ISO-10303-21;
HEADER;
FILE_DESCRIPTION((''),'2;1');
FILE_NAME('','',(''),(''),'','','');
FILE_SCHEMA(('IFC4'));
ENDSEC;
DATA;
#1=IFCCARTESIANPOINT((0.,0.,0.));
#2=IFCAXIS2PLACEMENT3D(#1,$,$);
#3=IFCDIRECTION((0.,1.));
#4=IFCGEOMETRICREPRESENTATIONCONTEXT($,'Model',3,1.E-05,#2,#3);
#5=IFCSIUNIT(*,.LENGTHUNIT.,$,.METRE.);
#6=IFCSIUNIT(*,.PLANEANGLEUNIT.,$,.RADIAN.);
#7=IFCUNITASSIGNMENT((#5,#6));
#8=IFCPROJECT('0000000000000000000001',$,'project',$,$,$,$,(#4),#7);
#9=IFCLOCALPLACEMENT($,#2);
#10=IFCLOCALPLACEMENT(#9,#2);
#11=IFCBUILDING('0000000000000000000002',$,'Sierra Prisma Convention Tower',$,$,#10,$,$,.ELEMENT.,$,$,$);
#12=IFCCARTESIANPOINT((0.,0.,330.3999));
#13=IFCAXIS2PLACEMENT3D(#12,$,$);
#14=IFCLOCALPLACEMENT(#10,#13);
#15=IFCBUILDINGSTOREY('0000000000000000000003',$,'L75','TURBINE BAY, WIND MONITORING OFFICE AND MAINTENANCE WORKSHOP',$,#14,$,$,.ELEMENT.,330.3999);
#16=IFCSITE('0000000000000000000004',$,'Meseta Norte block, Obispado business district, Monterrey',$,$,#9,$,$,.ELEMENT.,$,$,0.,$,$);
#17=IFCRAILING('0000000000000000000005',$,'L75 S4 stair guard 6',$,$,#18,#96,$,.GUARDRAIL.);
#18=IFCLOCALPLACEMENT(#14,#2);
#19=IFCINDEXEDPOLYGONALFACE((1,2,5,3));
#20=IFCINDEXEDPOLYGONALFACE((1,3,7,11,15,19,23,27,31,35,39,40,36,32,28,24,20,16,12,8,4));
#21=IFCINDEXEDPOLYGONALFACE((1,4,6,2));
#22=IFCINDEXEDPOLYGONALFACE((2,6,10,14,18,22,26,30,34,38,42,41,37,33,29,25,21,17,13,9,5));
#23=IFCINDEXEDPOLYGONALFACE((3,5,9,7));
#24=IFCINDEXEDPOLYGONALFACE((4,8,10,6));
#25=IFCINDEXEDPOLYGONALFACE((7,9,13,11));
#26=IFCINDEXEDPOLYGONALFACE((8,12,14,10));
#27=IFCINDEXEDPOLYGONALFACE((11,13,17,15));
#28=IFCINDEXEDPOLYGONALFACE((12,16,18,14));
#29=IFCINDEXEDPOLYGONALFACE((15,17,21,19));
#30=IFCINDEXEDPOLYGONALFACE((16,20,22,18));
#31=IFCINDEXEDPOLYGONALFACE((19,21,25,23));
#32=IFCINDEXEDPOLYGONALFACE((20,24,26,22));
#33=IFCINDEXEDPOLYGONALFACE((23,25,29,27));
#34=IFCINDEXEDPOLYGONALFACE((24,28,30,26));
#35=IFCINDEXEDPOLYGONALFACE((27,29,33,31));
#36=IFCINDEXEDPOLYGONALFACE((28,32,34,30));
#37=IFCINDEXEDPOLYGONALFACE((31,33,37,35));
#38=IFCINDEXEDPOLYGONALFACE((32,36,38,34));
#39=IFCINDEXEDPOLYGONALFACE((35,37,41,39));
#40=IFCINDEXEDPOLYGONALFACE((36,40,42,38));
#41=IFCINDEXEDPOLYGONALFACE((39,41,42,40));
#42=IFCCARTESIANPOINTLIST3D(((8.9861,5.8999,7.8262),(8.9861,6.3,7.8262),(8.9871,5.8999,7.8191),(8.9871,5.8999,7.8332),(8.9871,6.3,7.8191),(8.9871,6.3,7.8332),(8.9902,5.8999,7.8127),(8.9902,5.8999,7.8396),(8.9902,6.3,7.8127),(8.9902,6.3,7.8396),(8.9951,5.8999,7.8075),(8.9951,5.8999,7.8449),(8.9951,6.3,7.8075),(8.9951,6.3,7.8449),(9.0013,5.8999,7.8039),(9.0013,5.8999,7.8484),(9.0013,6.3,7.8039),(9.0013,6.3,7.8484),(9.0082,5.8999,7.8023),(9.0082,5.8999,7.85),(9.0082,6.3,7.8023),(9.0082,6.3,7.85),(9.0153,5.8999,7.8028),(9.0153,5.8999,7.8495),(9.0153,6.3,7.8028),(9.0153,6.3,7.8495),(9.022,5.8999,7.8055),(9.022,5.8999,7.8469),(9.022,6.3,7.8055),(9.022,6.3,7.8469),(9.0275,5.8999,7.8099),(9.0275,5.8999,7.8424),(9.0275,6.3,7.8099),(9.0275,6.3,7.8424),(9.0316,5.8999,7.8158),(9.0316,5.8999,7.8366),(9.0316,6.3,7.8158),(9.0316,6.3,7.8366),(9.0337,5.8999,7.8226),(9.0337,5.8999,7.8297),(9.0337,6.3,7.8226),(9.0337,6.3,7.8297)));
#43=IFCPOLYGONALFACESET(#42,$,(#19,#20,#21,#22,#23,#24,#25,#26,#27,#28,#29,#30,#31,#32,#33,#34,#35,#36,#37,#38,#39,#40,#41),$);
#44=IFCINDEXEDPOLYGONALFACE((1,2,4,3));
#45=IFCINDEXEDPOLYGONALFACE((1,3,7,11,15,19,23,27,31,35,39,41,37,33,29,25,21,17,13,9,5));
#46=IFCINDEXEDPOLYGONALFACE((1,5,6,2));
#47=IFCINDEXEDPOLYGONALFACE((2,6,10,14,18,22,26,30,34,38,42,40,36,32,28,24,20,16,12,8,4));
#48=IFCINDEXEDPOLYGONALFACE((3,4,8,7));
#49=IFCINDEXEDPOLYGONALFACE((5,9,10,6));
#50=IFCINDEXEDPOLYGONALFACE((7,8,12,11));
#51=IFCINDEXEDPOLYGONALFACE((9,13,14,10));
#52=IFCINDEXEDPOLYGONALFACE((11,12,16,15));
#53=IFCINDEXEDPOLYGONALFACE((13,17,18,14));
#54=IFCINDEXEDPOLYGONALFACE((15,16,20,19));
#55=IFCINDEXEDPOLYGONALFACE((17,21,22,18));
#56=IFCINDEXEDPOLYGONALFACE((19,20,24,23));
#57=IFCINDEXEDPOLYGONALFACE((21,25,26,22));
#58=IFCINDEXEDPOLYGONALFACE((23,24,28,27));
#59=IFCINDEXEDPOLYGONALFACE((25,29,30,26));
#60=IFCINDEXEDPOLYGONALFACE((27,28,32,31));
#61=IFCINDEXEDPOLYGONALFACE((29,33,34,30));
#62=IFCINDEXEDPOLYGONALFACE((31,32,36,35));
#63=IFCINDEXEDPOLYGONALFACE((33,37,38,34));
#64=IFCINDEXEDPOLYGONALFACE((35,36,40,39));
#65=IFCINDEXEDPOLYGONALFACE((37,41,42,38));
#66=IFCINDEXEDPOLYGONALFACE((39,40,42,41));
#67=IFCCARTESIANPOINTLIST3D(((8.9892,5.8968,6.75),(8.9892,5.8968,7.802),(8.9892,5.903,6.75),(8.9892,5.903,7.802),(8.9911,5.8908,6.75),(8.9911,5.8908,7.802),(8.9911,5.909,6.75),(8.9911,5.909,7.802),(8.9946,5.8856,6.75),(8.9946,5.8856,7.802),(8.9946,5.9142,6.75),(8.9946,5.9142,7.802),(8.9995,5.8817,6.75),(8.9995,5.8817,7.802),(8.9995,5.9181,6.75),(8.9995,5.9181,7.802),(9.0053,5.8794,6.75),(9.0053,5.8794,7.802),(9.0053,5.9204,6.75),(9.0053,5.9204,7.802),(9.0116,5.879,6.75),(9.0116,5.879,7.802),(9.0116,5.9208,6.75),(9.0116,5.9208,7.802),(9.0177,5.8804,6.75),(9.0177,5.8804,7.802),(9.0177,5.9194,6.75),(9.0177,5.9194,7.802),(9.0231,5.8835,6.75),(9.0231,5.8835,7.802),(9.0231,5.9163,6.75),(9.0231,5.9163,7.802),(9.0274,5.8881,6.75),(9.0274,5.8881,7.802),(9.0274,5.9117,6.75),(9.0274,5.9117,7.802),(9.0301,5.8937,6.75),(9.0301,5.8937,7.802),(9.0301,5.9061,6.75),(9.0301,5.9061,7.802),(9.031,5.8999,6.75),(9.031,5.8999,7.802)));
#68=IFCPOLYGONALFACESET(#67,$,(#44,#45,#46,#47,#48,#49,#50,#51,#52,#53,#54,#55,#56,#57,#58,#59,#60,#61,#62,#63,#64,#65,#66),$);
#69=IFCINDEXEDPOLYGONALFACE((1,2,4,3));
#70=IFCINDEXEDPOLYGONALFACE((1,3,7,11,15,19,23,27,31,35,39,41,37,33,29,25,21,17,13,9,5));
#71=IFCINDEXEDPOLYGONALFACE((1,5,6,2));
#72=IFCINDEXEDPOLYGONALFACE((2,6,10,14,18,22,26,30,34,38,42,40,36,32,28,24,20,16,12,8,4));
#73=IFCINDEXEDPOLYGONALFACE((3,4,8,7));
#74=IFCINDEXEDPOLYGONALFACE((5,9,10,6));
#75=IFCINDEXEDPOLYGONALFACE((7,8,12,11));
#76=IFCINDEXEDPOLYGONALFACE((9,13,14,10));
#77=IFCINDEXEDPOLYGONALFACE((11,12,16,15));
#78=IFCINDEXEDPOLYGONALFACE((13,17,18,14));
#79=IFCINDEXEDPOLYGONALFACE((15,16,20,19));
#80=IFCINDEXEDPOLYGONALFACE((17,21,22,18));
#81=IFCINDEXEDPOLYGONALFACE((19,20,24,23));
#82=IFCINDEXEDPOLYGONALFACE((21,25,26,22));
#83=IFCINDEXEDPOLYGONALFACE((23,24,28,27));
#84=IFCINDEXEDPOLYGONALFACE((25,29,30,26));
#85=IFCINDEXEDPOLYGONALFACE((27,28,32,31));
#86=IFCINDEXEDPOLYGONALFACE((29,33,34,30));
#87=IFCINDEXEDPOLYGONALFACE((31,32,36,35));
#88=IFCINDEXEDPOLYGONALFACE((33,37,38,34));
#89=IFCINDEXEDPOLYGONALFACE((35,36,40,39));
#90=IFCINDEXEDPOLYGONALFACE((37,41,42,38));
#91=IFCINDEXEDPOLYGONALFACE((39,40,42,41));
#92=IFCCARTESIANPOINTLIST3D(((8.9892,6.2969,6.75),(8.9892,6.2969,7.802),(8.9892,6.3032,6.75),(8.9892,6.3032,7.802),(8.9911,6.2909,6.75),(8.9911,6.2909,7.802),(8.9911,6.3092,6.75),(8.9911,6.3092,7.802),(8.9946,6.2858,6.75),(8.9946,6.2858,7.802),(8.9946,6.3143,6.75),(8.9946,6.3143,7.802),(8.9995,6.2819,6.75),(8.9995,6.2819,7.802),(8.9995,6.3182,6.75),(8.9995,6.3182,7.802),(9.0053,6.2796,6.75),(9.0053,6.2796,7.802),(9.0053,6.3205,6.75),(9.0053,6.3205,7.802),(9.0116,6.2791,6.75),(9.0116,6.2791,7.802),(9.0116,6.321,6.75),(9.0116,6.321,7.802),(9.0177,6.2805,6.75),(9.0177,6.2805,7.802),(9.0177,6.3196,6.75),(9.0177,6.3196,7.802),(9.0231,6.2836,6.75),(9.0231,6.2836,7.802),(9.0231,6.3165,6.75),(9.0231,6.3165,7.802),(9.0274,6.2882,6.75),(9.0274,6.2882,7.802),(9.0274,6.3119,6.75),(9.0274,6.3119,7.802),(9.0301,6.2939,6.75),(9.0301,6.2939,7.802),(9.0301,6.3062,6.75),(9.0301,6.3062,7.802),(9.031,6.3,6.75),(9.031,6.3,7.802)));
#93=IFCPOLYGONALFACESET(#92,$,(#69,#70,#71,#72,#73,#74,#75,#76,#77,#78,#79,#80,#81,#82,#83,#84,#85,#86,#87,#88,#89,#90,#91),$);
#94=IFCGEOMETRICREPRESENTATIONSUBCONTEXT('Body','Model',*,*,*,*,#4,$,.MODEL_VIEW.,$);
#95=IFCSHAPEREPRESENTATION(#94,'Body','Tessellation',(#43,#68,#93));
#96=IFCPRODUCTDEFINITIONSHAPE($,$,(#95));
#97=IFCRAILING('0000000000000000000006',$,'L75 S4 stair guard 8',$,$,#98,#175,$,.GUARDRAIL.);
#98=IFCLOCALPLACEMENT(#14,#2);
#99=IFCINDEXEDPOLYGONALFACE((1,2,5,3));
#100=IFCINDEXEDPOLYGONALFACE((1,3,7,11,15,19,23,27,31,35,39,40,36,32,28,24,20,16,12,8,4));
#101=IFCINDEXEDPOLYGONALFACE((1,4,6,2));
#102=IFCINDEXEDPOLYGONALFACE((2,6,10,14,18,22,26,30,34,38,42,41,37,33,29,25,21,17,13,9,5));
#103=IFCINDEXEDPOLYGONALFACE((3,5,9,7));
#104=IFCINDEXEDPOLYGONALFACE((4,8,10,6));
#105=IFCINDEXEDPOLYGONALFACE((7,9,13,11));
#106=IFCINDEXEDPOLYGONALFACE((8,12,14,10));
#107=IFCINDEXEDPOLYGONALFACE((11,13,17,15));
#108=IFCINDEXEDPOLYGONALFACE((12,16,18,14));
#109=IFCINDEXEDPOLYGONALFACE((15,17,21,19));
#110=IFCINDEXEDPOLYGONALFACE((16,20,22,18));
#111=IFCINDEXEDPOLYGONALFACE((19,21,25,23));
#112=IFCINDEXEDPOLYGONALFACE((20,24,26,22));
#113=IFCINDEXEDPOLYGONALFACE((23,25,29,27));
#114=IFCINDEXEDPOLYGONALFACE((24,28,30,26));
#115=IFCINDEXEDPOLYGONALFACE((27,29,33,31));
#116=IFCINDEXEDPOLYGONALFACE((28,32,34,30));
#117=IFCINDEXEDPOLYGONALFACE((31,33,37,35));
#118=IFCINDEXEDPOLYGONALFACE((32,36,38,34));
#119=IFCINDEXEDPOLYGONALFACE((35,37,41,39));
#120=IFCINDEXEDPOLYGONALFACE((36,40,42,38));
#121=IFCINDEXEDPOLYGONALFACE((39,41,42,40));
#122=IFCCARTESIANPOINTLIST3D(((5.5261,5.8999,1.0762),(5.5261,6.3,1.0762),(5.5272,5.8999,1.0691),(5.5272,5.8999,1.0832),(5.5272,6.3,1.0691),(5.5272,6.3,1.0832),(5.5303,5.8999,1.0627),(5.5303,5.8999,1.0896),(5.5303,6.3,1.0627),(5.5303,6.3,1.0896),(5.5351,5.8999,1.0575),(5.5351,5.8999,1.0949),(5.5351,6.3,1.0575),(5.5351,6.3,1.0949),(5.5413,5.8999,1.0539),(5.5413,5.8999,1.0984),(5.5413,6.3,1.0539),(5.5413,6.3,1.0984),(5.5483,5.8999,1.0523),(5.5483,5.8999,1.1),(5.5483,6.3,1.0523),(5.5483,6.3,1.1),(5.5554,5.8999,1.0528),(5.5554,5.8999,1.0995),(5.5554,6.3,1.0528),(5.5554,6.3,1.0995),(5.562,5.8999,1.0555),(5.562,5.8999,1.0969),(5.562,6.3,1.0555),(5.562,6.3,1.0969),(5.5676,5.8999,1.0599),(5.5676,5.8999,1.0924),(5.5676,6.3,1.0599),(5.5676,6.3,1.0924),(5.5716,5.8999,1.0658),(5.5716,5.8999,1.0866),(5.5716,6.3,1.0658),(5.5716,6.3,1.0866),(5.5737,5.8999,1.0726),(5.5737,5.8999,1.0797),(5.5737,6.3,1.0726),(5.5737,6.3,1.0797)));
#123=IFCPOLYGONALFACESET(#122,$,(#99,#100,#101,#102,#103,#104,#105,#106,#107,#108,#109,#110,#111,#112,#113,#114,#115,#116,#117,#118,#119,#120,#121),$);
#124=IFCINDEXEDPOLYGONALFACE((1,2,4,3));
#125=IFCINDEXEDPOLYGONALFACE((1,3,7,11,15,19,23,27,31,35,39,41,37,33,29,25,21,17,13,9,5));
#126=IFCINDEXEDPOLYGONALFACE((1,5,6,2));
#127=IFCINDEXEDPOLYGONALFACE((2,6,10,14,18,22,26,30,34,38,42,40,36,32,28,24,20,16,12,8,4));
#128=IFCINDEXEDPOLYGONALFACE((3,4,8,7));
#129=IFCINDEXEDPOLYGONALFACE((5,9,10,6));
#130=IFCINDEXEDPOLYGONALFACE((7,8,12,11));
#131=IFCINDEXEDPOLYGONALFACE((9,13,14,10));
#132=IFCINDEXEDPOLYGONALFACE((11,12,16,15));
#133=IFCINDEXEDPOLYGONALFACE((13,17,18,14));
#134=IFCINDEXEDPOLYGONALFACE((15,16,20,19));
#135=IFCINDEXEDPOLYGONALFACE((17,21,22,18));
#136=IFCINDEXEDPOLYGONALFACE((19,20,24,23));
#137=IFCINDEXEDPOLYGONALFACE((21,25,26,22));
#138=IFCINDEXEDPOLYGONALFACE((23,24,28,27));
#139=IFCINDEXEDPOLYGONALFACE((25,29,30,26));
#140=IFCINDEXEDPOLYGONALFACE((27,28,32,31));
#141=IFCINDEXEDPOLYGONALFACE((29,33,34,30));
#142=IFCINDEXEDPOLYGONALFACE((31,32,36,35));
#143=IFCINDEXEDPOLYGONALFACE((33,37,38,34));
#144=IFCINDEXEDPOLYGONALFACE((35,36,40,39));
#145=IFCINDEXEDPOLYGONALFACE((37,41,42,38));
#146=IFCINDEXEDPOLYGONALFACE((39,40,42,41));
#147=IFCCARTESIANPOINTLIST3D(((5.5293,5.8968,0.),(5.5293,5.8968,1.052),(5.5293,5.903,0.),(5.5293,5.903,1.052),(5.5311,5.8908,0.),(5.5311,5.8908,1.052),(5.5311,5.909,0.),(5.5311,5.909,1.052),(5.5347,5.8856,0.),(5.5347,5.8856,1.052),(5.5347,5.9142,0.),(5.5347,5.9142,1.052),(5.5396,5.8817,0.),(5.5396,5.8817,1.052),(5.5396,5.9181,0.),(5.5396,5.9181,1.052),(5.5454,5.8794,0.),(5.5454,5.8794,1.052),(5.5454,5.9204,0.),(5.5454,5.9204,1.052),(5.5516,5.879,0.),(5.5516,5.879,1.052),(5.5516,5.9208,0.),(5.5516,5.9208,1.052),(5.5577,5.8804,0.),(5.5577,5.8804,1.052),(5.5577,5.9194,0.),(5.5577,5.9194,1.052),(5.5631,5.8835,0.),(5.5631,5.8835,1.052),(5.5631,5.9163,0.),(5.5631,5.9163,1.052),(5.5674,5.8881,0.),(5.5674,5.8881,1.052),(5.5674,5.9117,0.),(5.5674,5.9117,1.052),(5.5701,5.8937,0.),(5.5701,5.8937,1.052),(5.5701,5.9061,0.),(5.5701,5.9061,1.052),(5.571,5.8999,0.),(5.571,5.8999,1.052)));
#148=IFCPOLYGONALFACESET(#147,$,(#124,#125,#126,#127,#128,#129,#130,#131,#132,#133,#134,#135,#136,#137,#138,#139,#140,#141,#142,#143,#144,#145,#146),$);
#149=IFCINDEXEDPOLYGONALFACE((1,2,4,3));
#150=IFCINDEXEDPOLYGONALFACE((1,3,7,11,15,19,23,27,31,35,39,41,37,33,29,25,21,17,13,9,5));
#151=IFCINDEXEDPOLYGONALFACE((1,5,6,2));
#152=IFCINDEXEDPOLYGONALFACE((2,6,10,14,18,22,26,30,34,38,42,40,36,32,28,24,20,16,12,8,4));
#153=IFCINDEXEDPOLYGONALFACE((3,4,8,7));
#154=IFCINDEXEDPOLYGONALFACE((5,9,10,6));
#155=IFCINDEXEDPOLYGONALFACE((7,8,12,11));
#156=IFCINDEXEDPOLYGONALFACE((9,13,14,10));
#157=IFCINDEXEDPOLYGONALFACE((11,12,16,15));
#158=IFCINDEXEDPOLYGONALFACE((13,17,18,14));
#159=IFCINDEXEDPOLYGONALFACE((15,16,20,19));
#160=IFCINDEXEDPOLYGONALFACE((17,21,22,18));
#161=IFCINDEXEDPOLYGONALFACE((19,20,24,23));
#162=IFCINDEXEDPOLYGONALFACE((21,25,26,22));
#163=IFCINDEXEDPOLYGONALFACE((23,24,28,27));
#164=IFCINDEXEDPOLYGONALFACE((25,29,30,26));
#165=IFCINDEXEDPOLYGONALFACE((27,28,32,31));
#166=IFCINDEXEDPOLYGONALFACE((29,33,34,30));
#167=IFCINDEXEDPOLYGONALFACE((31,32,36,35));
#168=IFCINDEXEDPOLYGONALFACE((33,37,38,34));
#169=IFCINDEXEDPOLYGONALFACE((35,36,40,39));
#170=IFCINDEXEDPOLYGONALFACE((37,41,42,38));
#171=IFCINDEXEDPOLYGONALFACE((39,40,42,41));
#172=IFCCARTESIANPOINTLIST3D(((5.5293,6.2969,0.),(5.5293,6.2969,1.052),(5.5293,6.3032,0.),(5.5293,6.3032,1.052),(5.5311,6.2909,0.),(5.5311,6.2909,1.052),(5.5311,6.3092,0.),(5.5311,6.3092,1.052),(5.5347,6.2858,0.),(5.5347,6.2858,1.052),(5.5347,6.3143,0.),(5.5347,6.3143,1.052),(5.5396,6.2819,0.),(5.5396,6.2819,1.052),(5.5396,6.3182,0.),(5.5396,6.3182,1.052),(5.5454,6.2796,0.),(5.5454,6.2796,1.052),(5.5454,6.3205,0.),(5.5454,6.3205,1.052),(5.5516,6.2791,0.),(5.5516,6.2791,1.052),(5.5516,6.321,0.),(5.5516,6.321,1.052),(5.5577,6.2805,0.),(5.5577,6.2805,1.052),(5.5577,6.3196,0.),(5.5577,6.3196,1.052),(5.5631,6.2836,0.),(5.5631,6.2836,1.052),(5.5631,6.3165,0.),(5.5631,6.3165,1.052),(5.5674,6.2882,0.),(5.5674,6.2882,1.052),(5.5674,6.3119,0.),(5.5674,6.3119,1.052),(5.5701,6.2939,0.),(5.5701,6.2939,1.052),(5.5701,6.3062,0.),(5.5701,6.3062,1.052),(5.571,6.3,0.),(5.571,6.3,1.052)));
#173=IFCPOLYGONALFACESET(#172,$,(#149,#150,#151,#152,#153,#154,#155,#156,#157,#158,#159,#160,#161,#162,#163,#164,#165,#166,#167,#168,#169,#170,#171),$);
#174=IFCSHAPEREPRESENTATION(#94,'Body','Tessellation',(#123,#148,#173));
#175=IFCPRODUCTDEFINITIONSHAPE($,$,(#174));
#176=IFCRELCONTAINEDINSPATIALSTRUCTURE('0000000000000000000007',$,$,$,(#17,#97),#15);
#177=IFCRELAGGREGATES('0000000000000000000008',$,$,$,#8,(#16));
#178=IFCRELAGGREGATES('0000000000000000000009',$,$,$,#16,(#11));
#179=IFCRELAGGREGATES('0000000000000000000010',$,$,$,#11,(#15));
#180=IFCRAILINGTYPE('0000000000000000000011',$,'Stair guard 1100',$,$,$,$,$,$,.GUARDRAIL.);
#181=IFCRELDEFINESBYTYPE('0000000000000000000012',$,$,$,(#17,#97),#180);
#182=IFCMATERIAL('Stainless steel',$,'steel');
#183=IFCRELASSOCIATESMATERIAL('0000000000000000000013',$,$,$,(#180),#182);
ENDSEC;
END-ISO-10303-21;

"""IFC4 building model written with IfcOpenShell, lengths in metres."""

from ifc_helpers import new_model, si_unit, direction, frame, origin, origin_2d, place, context, subcontext, project, spatial, circle, extrude, material, type_object, element, save


model = new_model("IFC4")

# Units and contexts
model_context = context("Model", 3, precision=1e-05, world=origin(), true_north=direction((0.0, 1.0)))
body_context = subcontext(model_context, "Body", "Model", "MODEL_VIEW")
ifc_project = project(units=[si_unit("LENGTHUNIT", "METRE"), si_unit("PLANEANGLEUNIT", "RADIAN")], contexts=[model_context])

# Site, building, storey
site_placement = place(None, origin())
site = spatial("IfcSite", under=ifc_project, at=site_placement, Name="Meseta Norte block, Obispado business district, Monterrey", CompositionType="ELEMENT", RefElevation=0.0)
building_placement = place(site_placement, origin())
building = spatial("IfcBuilding", under=site, at=building_placement, Name="Sierra Prisma Convention Tower", CompositionType="ELEMENT")
storey_placement = place(building_placement, frame((0.0, 0.0, 330.3999)))
storey = spatial("IfcBuildingStorey", under=building, at=storey_placement, Name="L75", Description="TURBINE BAY, WIND MONITORING OFFICE AND MAINTENANCE WORKSHOP", CompositionType="ELEMENT", Elevation=330.3999)

# Railings
ifc_material_1 = material(Name="Stainless steel", Category="steel")
railing_type_1 = type_object("IfcRailingType", Name="Stair guard 1100", PredefinedType="GUARDRAIL", material=ifc_material_1)
for number, where, name in (
    (1, (9.01, 5.8999, 6.75), "L75 S4 stair guard 6"),
    (2, (5.55, 5.8999, 0.0), "L75 S4 stair guard 8"),
):
    element("IfcRailing", number, at=place(storey_placement, frame(where)), inside=storey, type_object=railing_type_1, Name=name, PredefinedType="GUARDRAIL", context=body_context, shape_type="SweptSolid", body=[
        extrude(circle(Radius=0.0239, at=origin_2d()), frame((0.0, 0.0, 1.0762), z_axis=(0.0, 1.0, 0.0), x_axis=(-1.0, 0.0, 0.0)), (0.0, 0.0, 1.0), 0.4001),
        extrude(circle(Radius=0.021, at=origin_2d()), origin(), (0.0, 0.0, 1.0), 1.052),
        extrude(circle(Radius=0.021, at=origin_2d()), frame((0.0, 0.4001, 0.0)), (0.0, 0.0, 1.0), 1.052),
    ])

save(model, "model.ifc")
